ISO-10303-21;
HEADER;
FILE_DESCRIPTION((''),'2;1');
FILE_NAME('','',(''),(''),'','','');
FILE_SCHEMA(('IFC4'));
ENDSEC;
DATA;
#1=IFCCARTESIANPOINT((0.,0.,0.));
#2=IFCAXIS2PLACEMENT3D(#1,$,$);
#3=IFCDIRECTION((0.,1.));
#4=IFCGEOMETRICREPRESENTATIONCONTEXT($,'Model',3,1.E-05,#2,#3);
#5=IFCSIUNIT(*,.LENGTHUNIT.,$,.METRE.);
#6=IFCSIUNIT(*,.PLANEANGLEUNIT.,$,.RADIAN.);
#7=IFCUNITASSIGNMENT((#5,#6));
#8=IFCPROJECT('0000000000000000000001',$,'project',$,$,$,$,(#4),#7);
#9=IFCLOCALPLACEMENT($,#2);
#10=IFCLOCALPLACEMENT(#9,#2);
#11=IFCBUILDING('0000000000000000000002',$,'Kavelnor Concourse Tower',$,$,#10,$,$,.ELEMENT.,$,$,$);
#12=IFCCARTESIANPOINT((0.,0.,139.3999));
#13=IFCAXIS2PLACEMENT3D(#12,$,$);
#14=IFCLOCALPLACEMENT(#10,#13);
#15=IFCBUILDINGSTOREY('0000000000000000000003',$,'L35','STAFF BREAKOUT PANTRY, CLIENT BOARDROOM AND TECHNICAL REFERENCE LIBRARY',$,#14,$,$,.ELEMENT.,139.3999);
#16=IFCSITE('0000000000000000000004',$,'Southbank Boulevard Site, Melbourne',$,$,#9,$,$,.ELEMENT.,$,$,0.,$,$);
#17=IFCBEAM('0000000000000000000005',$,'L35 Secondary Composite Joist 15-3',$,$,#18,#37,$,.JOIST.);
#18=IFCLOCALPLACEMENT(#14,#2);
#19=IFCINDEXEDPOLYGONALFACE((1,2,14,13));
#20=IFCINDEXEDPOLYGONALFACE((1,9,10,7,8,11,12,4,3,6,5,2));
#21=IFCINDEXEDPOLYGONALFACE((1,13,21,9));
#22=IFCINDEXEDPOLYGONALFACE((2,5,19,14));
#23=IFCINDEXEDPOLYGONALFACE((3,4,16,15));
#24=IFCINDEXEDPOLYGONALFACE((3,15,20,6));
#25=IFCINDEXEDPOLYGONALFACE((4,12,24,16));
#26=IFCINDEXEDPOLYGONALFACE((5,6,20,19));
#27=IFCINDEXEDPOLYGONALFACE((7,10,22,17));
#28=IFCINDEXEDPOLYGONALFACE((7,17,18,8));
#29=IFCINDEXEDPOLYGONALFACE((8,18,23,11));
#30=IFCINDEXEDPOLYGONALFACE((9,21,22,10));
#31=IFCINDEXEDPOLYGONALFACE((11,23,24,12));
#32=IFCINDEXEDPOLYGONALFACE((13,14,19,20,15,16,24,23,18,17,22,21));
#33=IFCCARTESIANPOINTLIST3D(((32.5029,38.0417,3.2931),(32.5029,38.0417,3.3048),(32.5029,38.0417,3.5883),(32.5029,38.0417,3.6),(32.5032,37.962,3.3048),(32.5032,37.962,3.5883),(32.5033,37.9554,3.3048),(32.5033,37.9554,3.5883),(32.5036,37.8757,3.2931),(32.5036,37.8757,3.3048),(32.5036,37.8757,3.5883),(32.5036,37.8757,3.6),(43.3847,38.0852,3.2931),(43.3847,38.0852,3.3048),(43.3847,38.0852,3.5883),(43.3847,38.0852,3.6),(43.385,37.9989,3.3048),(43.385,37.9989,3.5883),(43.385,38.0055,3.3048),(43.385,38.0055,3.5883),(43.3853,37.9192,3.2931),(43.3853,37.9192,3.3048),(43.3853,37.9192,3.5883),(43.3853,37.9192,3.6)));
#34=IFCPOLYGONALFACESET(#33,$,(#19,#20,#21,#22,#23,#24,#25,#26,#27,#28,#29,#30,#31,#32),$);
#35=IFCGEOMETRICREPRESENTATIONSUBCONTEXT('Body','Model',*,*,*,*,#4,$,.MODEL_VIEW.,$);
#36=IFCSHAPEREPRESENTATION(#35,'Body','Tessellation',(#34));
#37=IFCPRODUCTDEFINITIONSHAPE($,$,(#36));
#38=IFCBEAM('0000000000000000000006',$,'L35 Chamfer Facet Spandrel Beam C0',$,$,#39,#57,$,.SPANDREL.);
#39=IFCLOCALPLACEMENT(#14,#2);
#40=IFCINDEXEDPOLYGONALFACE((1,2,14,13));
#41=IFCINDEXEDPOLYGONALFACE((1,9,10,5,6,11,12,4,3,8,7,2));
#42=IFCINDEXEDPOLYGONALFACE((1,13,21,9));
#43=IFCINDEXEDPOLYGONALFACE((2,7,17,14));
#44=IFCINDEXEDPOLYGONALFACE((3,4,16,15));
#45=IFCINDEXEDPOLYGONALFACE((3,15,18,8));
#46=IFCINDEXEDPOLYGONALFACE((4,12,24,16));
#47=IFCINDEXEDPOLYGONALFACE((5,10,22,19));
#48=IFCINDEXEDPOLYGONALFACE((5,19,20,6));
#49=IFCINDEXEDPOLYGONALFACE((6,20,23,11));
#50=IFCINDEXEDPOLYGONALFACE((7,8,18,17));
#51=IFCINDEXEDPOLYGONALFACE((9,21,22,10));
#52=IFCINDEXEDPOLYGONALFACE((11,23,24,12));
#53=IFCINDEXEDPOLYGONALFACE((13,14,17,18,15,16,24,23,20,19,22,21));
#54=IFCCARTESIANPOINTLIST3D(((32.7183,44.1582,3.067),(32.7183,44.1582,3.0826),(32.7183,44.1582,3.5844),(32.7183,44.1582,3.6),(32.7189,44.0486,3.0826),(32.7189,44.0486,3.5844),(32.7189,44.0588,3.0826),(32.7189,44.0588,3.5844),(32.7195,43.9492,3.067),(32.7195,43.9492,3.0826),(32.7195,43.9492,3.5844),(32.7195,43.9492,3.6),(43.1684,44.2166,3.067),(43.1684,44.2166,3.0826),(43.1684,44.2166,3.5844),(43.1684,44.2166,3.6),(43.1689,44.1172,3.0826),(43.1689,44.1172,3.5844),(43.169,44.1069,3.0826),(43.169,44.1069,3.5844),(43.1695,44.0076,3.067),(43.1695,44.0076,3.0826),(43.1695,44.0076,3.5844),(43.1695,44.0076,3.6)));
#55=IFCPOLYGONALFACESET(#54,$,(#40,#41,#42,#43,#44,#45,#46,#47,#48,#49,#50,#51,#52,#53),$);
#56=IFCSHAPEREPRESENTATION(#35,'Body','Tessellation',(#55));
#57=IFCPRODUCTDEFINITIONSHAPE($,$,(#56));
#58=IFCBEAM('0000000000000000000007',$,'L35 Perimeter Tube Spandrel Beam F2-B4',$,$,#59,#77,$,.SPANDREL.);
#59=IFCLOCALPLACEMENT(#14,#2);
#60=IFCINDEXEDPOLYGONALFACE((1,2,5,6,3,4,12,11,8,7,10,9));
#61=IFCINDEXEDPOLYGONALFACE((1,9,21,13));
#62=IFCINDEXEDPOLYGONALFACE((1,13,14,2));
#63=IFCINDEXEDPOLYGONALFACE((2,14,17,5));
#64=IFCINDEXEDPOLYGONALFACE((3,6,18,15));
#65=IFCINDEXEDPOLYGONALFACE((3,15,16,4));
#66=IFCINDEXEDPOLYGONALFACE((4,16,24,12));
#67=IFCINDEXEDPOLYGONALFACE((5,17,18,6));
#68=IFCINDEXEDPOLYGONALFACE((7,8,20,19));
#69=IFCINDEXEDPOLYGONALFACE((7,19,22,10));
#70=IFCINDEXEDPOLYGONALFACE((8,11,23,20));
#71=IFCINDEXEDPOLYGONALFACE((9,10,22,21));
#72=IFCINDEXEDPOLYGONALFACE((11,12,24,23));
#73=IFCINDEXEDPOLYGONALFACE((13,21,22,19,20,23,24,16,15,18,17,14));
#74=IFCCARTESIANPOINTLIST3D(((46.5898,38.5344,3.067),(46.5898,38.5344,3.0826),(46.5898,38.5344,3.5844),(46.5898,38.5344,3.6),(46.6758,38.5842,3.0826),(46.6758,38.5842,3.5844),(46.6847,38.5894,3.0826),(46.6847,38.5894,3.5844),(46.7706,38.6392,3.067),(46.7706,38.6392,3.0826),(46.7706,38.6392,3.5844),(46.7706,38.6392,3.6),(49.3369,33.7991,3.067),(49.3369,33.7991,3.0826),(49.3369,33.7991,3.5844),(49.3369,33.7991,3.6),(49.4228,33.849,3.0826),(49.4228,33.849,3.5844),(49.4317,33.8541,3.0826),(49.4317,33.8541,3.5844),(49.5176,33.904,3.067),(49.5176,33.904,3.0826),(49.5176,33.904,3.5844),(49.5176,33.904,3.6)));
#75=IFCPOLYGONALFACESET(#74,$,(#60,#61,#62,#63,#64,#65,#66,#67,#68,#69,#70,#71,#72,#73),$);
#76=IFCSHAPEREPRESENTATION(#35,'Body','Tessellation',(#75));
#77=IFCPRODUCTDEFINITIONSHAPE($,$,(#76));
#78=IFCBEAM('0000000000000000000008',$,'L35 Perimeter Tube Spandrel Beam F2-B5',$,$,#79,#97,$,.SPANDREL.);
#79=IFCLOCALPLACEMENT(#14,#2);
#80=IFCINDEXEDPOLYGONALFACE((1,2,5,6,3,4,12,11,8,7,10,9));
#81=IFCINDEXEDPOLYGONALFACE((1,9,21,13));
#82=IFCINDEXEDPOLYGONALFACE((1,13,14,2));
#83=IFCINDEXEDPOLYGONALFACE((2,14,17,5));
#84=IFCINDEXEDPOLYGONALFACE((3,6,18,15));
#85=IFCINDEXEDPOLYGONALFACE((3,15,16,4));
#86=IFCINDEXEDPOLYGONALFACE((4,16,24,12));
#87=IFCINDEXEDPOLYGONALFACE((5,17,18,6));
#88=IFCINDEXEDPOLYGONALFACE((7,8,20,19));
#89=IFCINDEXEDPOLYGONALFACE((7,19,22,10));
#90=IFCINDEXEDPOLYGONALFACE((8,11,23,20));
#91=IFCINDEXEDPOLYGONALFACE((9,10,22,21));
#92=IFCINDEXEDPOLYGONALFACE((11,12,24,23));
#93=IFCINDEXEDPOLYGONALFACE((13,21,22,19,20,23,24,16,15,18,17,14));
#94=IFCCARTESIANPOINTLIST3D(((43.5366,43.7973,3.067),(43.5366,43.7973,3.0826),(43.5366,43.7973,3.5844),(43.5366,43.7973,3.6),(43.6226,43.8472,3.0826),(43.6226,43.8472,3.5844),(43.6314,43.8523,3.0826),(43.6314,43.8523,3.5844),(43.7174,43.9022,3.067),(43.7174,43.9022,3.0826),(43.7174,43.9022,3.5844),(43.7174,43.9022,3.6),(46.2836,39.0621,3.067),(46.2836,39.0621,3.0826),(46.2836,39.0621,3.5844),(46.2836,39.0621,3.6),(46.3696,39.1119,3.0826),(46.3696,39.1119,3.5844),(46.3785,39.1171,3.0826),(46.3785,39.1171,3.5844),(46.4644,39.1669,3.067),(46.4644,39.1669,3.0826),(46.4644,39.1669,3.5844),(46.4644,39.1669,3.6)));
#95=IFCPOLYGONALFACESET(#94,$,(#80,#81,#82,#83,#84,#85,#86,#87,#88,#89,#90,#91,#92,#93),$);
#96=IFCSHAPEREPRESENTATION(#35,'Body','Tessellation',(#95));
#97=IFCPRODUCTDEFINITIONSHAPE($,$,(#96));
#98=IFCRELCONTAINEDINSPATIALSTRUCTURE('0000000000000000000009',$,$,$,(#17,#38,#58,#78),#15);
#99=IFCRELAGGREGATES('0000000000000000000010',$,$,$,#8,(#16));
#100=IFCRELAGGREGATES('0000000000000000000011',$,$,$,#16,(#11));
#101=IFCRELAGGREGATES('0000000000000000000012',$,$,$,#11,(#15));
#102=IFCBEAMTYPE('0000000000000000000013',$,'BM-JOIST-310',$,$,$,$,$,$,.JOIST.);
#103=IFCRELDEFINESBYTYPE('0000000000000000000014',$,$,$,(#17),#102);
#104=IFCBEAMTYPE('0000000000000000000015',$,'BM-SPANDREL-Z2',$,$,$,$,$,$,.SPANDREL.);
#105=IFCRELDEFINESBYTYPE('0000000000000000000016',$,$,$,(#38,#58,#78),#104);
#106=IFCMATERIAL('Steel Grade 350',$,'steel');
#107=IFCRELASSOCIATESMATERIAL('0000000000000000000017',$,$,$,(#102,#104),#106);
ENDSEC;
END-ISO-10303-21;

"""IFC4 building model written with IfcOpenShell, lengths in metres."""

from ifc_helpers import new_model, si_unit, direction, frame, origin, origin_2d, place, context, subcontext, project, spatial, i_section, extrude, material, material_profile, profile_set, type_object, element, save


model = new_model("IFC4")

# Units and contexts
model_context = context("Model", 3, precision=1e-05, world=origin(), true_north=direction((0.0, 1.0)))
body_context = subcontext(model_context, "Body", "Model", "MODEL_VIEW")
ifc_project = project(units=[si_unit("LENGTHUNIT", "METRE"), si_unit("PLANEANGLEUNIT", "RADIAN")], contexts=[model_context])

# Site, building, storey
site_placement = place(None, origin())
site = spatial("IfcSite", under=ifc_project, at=site_placement, Name="Southbank Boulevard Site, Melbourne", CompositionType="ELEMENT", RefElevation=0.0)
building_placement = place(site_placement, origin())
building = spatial("IfcBuilding", under=site, at=building_placement, Name="Kavelnor Concourse Tower", CompositionType="ELEMENT")
storey_placement = place(building_placement, frame((0.0, 0.0, 139.3999)))
storey = spatial("IfcBuildingStorey", under=building, at=storey_placement, Name="L35", Description="STAFF BREAKOUT PANTRY, CLIENT BOARDROOM AND TECHNICAL REFERENCE LIBRARY", CompositionType="ELEMENT", Elevation=139.3999)

# Shared definitions
ifc_material_1 = material(Name="Steel Grade 350", Category="steel")

# Beams
ifc_material_profile_1 = material_profile(ifc_material_1, i_section(OverallWidth=0.166, OverallDepth=0.3069, WebThickness=0.0066, FlangeThickness=0.0117, at=origin_2d()), Name="310UB46")
ifc_profile_set_1 = profile_set([ifc_material_profile_1], Name="Steel Grade 350")
beam_type_1 = type_object("IfcBeamType", Name="BM-JOIST-310", PredefinedType="JOIST", material=ifc_profile_set_1)
for number, where, z_axis, x_axis, name in (
    (1, (43.385, 38.0022, 3.4465), (-0.999992, -0.003994, 0.0), (0.003994, -0.999992, 0.0), "L35 Secondary Composite Joist 15-3"),
):
    element("IfcBeam", number, at=place(storey_placement, frame(where, z_axis=z_axis, x_axis=x_axis)), inside=storey, type_object=beam_type_1, Name=name, PredefinedType="JOIST", context=body_context, shape_type="SweptSolid", body=[
        extrude(i_section(OverallWidth=0.166, OverallDepth=0.3069, WebThickness=0.0066, FlangeThickness=0.0117, at=origin_2d()), origin(), (0.0, 0.0, 1.0), 10.8818),
    ])
ifc_material_profile_2 = material_profile(ifc_material_1, i_section(OverallWidth=0.209, OverallDepth=0.533, WebThickness=0.0103, FlangeThickness=0.0156, at=origin_2d()), Name="530UB92")
ifc_profile_set_2 = profile_set([ifc_material_profile_2], Name="Steel Grade 350")
beam_type_2 = type_object("IfcBeamType", Name="BM-SPANDREL-Z2", PredefinedType="SPANDREL", material=ifc_profile_set_2)
beam_1_placement = place(storey_placement, frame((43.1689, 44.1121, 3.3335), z_axis=(-0.999984, -0.005584, 0.0), x_axis=(0.005584, -0.999984, 0.0)))
element("IfcBeam", 2, at=beam_1_placement, inside=storey, type_object=beam_type_2, Name="L35 Chamfer Facet Spandrel Beam C0", PredefinedType="SPANDREL", context=body_context, shape_type="SweptSolid", body=[
    extrude(i_section(OverallWidth=0.209, OverallDepth=0.533, WebThickness=0.0103, FlangeThickness=0.0156, at=origin_2d()), origin(), (0.0, 0.0, 1.0), 10.4502),
])
for number, where, z_axis, x_axis, name in (
    (3, (49.4272, 33.8516, 3.3335), (-0.501796, 0.864986, 0.0), (-0.864986, -0.501796, 0.0), "L35 Perimeter Tube Spandrel Beam F2-B4"),
    (4, (46.374, 39.1145, 3.3335), (-0.501796, 0.864986, 0.0), (-0.864986, -0.501796, 0.0), "L35 Perimeter Tube Spandrel Beam F2-B5"),
):
    element("IfcBeam", number, at=place(storey_placement, frame(where, z_axis=z_axis, x_axis=x_axis)), inside=storey, type_object=beam_type_2, Name=name, PredefinedType="SPANDREL", context=body_context, shape_type="SweptSolid", body=[
        extrude(i_section(OverallWidth=0.209, OverallDepth=0.533, WebThickness=0.0103, FlangeThickness=0.0156, at=origin_2d()), origin(), (0.0, 0.0, 1.0), 5.4744),
    ])

save(model, "model.ifc")
